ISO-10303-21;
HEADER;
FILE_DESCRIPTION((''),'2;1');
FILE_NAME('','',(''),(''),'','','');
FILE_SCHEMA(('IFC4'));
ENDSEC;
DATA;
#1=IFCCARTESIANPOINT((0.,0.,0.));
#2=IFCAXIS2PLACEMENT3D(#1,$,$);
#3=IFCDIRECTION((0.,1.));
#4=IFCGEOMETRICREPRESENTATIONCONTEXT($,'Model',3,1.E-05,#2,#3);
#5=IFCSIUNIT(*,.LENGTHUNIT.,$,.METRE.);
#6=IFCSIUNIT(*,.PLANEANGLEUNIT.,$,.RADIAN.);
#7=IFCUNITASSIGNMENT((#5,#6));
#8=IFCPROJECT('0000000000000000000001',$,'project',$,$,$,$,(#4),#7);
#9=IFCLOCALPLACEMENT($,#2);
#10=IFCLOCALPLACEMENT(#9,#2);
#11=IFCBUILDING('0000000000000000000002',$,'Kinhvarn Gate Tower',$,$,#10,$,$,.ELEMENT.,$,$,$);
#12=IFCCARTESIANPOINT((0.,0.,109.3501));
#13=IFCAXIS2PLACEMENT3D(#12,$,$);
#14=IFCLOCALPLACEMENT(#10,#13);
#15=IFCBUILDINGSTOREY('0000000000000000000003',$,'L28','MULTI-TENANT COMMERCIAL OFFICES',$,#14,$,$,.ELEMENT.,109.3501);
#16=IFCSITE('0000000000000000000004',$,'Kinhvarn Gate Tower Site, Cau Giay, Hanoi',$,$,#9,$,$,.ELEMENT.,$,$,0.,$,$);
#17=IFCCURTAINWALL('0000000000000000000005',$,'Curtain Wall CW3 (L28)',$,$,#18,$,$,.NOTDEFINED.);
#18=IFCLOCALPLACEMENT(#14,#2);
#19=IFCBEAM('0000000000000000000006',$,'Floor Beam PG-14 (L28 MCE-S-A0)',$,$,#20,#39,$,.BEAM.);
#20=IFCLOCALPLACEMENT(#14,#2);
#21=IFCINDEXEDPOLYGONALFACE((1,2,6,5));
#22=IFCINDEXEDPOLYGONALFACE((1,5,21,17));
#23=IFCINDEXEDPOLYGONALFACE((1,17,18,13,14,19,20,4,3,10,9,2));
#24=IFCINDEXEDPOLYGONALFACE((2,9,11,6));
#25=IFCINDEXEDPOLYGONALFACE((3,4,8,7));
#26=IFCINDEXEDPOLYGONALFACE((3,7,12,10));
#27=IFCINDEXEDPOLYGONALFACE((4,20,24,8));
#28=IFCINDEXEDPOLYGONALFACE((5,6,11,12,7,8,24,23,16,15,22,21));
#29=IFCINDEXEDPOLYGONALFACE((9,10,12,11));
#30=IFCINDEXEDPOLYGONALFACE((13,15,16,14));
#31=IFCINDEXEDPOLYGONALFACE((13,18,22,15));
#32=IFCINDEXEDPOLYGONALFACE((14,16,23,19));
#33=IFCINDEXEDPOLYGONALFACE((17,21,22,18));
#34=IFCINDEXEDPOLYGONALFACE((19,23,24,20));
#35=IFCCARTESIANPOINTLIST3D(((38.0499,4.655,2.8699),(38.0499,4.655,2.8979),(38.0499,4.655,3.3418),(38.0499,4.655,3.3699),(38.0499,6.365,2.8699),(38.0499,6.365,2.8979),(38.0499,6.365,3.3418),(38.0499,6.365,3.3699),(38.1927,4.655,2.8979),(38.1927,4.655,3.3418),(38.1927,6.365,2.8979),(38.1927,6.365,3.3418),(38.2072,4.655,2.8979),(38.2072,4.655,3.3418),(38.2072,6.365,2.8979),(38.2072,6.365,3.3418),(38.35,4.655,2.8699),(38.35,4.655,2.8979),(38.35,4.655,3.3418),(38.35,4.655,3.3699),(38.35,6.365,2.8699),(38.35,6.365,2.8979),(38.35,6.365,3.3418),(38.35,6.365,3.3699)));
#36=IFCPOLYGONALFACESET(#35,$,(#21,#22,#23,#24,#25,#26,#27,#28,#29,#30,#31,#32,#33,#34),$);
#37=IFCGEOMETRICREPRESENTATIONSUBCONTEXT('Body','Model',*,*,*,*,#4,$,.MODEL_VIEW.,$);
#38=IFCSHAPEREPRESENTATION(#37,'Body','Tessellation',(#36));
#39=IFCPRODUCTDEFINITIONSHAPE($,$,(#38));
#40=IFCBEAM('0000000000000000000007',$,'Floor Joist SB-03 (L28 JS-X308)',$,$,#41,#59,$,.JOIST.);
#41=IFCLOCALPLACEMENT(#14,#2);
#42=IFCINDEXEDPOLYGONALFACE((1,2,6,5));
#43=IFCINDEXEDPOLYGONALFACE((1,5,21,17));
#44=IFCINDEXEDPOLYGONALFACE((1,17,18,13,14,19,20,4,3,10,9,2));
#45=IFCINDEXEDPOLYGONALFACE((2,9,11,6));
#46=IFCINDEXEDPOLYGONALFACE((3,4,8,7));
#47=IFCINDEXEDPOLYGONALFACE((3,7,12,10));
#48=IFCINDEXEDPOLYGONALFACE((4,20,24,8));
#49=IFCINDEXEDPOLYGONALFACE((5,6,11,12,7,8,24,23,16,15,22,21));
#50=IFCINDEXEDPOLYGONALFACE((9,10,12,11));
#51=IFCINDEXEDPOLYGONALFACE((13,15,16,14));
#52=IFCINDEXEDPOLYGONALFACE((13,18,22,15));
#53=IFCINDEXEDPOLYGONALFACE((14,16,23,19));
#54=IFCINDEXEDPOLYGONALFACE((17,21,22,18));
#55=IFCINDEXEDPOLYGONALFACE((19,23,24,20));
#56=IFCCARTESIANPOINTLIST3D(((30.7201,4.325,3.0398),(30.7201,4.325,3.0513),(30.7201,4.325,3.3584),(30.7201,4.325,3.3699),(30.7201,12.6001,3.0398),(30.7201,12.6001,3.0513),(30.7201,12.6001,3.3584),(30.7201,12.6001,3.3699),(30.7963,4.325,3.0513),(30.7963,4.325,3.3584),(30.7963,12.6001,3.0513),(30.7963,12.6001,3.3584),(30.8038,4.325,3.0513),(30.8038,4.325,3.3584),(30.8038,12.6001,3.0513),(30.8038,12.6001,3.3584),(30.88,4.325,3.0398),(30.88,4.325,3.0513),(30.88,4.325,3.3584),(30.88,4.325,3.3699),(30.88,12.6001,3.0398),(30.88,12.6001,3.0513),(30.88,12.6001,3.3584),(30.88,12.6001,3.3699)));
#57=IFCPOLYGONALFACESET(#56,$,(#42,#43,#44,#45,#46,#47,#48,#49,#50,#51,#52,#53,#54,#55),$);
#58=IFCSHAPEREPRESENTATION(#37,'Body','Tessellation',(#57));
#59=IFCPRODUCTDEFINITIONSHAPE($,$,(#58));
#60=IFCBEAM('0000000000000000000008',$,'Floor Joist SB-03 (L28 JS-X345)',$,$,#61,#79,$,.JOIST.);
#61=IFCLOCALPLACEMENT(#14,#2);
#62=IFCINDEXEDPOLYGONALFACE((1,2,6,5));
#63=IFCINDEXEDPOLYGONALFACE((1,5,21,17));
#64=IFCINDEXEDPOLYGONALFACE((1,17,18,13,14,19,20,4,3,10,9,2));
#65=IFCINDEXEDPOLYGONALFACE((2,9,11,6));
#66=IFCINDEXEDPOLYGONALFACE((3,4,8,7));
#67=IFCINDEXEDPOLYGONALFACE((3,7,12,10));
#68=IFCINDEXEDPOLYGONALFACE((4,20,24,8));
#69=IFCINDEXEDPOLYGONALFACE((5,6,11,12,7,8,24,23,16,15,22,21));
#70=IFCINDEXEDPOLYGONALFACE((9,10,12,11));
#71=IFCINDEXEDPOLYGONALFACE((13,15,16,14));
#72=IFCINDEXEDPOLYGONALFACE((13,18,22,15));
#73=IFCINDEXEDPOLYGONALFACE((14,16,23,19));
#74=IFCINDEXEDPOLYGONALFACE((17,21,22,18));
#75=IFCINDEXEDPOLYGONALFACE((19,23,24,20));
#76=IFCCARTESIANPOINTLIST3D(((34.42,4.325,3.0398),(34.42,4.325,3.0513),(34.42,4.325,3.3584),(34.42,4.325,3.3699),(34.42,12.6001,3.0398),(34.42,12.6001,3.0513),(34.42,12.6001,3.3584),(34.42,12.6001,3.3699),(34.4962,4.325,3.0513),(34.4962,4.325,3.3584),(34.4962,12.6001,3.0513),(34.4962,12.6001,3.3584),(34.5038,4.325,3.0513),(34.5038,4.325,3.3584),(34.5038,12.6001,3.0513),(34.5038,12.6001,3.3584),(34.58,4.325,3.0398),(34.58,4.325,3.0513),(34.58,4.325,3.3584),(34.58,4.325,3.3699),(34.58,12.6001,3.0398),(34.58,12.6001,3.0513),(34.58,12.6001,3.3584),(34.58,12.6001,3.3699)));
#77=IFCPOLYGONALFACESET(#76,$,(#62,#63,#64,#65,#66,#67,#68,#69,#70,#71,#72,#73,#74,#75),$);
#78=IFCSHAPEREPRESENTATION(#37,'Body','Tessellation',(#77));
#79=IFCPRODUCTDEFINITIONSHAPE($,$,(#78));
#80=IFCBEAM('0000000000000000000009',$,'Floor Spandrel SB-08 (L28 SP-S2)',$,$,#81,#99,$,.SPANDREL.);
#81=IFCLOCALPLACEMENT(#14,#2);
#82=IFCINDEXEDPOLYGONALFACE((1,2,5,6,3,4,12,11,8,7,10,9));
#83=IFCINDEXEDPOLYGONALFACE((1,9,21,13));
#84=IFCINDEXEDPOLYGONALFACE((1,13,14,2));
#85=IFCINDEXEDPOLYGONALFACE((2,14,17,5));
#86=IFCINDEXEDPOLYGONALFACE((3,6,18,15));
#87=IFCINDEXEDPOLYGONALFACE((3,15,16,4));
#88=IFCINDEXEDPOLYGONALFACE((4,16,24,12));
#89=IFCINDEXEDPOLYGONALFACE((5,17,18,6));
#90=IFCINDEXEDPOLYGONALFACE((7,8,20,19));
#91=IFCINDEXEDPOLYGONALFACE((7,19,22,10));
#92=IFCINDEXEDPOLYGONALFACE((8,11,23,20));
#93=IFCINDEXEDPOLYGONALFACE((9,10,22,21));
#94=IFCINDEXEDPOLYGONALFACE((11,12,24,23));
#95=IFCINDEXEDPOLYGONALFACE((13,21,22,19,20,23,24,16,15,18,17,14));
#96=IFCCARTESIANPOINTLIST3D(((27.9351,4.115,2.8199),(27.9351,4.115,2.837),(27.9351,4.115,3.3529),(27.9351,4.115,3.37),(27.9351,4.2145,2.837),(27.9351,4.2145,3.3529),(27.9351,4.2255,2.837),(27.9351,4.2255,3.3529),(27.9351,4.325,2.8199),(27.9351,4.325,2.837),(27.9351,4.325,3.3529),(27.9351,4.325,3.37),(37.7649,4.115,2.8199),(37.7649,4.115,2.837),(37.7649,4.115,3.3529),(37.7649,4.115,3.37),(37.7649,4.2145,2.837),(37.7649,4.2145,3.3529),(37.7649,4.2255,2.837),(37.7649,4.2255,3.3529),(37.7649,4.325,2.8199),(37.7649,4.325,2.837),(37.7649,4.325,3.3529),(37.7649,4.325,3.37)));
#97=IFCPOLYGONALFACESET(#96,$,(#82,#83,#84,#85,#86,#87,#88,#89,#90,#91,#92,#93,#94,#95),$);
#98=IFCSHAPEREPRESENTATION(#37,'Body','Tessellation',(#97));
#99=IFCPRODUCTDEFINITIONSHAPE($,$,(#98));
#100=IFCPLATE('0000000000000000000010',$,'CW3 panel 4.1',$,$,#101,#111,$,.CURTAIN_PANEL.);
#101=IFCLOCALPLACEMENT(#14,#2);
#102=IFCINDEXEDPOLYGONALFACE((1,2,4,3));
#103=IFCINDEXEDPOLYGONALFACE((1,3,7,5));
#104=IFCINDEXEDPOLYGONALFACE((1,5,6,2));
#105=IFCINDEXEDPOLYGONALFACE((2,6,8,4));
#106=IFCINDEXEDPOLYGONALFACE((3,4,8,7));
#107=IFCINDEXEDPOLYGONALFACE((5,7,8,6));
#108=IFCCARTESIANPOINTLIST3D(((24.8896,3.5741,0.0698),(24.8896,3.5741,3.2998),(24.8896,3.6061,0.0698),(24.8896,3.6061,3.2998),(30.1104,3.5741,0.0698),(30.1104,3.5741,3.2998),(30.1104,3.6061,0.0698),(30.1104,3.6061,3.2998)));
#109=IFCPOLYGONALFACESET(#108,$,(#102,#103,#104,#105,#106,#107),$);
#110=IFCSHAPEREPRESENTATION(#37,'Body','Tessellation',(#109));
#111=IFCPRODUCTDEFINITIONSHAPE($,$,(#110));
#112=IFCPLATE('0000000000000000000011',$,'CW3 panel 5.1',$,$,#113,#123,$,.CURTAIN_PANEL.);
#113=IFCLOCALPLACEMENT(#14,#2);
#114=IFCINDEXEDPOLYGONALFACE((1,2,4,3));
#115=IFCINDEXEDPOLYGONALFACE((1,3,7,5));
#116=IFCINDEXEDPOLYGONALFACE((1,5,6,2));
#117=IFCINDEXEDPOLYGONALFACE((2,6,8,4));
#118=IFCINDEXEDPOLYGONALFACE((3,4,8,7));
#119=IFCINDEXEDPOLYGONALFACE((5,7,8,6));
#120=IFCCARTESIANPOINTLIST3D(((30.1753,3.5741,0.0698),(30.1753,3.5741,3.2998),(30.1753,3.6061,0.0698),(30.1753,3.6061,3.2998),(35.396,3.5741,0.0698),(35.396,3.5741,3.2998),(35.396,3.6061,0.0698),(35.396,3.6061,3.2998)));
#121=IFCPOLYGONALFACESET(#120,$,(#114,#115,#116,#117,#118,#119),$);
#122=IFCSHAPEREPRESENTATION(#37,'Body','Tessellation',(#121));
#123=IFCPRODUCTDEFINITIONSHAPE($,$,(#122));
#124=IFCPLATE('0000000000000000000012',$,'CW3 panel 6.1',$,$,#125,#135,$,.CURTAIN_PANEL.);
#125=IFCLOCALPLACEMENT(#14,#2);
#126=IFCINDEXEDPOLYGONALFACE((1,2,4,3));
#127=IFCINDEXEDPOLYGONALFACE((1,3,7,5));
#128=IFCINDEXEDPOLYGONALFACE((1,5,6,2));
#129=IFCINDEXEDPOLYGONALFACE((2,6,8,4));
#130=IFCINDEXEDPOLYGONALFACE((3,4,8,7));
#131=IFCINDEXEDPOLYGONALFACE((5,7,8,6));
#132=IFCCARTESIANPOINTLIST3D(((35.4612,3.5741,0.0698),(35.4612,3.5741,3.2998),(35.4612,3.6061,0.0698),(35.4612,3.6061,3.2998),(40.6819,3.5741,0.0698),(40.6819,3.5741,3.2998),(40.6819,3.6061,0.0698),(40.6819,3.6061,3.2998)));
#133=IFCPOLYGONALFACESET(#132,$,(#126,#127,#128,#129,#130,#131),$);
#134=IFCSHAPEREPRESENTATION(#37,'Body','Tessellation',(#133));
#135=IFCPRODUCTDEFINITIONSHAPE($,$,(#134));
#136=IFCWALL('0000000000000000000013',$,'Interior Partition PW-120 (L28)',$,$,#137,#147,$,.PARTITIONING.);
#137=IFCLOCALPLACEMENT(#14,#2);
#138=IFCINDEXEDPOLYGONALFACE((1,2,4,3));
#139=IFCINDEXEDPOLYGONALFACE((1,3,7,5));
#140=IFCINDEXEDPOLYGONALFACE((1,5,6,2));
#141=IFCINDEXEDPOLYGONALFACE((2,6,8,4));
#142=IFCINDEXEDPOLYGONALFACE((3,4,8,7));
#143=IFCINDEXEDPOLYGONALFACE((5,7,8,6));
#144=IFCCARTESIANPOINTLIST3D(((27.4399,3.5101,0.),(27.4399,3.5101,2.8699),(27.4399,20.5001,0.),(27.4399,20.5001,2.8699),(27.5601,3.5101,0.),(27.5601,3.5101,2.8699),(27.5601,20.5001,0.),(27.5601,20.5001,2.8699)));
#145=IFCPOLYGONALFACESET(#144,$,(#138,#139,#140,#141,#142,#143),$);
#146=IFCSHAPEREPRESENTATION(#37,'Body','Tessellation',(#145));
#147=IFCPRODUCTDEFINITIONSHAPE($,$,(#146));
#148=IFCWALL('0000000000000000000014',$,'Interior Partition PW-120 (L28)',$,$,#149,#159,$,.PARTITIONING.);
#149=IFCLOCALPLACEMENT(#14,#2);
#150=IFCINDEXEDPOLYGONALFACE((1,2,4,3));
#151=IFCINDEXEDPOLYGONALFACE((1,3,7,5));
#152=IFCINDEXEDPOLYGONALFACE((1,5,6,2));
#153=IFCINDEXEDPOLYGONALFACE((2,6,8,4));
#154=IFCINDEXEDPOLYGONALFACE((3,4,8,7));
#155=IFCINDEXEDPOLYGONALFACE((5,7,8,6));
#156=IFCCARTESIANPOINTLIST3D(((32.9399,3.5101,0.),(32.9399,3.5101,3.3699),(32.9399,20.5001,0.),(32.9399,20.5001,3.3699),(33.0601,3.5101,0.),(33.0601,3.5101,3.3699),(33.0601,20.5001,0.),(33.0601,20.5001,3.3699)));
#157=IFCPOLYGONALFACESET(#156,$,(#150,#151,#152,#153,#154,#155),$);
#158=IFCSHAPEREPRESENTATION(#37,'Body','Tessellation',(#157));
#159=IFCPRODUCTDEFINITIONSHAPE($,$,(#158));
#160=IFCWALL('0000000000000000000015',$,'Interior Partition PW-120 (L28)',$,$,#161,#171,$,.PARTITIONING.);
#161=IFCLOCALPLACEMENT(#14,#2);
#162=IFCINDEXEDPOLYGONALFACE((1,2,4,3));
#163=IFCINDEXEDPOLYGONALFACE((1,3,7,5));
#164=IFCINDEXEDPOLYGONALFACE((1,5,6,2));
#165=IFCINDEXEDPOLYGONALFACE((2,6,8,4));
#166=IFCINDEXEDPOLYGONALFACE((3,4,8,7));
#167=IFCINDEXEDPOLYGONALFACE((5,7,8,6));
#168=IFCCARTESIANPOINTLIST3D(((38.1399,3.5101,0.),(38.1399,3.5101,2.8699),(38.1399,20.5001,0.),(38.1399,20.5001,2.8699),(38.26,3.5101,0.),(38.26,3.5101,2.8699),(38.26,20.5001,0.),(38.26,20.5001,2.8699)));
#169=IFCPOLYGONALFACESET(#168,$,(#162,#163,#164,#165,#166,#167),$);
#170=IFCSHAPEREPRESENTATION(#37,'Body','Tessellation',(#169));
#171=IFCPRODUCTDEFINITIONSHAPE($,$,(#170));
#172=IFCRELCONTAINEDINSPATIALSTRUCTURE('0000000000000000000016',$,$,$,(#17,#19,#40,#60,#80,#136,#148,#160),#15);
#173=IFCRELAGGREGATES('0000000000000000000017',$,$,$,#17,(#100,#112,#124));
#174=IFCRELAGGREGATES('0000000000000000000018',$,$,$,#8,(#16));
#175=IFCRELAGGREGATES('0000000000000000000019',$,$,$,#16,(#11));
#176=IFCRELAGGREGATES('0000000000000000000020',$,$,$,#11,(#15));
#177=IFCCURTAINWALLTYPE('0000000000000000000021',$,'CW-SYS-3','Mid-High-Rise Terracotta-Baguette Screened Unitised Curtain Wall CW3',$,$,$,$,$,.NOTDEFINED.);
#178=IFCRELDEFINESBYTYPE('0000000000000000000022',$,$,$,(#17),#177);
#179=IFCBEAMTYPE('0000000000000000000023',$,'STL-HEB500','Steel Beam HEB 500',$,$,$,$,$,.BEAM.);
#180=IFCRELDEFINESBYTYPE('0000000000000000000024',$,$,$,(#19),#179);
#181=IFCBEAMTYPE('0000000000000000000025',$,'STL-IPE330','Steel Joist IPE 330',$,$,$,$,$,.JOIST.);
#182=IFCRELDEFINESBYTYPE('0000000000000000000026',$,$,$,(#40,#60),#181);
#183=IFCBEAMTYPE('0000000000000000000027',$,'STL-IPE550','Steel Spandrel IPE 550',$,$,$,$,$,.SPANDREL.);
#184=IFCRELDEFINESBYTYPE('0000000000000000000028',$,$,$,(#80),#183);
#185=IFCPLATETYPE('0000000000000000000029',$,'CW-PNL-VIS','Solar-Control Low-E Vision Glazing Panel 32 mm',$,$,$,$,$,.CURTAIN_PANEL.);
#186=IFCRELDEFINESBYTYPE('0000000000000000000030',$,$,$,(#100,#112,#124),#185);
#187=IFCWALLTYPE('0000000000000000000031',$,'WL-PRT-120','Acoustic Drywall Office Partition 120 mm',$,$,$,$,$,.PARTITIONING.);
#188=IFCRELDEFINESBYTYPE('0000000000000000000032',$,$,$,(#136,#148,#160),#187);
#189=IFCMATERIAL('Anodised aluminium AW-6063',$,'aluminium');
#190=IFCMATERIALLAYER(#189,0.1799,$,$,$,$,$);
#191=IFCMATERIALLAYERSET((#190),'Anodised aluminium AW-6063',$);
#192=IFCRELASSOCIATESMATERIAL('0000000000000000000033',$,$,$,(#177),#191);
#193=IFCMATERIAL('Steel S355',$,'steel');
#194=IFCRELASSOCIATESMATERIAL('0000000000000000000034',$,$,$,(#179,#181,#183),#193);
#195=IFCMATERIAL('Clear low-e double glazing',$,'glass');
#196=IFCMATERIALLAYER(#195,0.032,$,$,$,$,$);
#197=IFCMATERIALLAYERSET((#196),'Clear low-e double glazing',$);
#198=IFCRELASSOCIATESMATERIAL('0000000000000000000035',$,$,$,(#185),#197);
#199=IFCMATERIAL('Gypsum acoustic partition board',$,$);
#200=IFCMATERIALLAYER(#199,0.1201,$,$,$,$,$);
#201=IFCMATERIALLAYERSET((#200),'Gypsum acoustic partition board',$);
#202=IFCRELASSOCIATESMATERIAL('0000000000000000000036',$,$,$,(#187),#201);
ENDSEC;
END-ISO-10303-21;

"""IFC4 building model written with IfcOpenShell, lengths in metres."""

from ifc_helpers import new_model, si_unit, direction, frame, frame_2d, origin, origin_2d, place, context, subcontext, project, spatial, rectangle, i_section, extrude, material, layer, layer_set, material_profile, profile_set, type_object, element, aggregate, save


model = new_model("IFC4")

# Units and contexts
model_context = context("Model", 3, precision=1e-05, world=origin(), true_north=direction((0.0, 1.0)))
body_context = subcontext(model_context, "Body", "Model", "MODEL_VIEW")
ifc_project = project(units=[si_unit("LENGTHUNIT", "METRE"), si_unit("PLANEANGLEUNIT", "RADIAN")], contexts=[model_context])

# Site, building, storey
site_placement = place(None, origin())
site = spatial("IfcSite", under=ifc_project, at=site_placement, Name="Kinhvarn Gate Tower Site, Cau Giay, Hanoi", CompositionType="ELEMENT", RefElevation=0.0)
building_placement = place(site_placement, origin())
building = spatial("IfcBuilding", under=site, at=building_placement, Name="Kinhvarn Gate Tower", CompositionType="ELEMENT")
storey_placement = place(building_placement, frame((0.0, 0.0, 109.3501)))
storey = spatial("IfcBuildingStorey", under=building, at=storey_placement, Name="L28", Description="MULTI-TENANT COMMERCIAL OFFICES", CompositionType="ELEMENT", Elevation=109.3501)

# Curtain wall
ifc_material_1 = material(Name="Anodised aluminium AW-6063", Category="aluminium")
ifc_layer_1 = layer(ifc_material_1, 0.1799)
ifc_layer_set_1 = layer_set([ifc_layer_1], Name="Anodised aluminium AW-6063")
curtain_wall_type = type_object("IfcCurtainWallType", Name="CW-SYS-3", Description="Mid-High-Rise Terracotta-Baguette Screened Unitised Curtain Wall CW3", PredefinedType="NOTDEFINED", material=ifc_layer_set_1)
curtain_wall_placement = place(storey_placement, origin())
curtain_wall = element("IfcCurtainWall", 1, at=curtain_wall_placement, inside=storey, type_object=curtain_wall_type, Name="Curtain Wall CW3 (L28)", PredefinedType="NOTDEFINED")

# Beams
ifc_material_2 = material(Name="Steel S355", Category="steel")
ifc_material_profile_1 = material_profile(ifc_material_2, i_section(OverallWidth=0.3, OverallDepth=0.5, WebThickness=0.0144, FlangeThickness=0.0281, at=origin_2d()), Name="HEB 500")
ifc_profile_set_1 = profile_set([ifc_material_profile_1], Name="Steel S355")
beam_type_1 = type_object("IfcBeamType", Name="STL-HEB500", Description="Steel Beam HEB 500", PredefinedType="BEAM", material=ifc_profile_set_1)
beam_1_placement = place(storey_placement, frame((38.2, 4.655, 3.1199), z_axis=(0.0, 1.0, 0.0), x_axis=(-1.0, 0.0, 0.0)))
element("IfcBeam", 2, at=beam_1_placement, inside=storey, type_object=beam_type_1, Name="Floor Beam PG-14 (L28 MCE-S-A0)", PredefinedType="BEAM", context=body_context, shape_type="SweptSolid", body=[
    extrude(i_section(OverallWidth=0.3, OverallDepth=0.5, WebThickness=0.0144, FlangeThickness=0.0281, at=origin_2d()), origin(), (0.0, 0.0, 1.0), 1.71),
])
ifc_material_profile_2 = material_profile(ifc_material_2, i_section(OverallWidth=0.1599, OverallDepth=0.3301, WebThickness=0.0076, FlangeThickness=0.0115, at=origin_2d()), Name="IPE 330")
ifc_profile_set_2 = profile_set([ifc_material_profile_2], Name="Steel S355")
beam_type_2 = type_object("IfcBeamType", Name="STL-IPE330", Description="Steel Joist IPE 330", PredefinedType="JOIST", material=ifc_profile_set_2)
for number, where, z_axis, x_axis, name in (
    (3, (30.8, 4.325, 3.2048), (0.0, 1.0, 0.0), (-1.0, 0.0, 0.0), "Floor Joist SB-03 (L28 JS-X308)"),
    (4, (34.5, 4.325, 3.2048), (0.0, 1.0, 0.0), (-1.0, 0.0, 0.0), "Floor Joist SB-03 (L28 JS-X345)"),
):
    element("IfcBeam", number, at=place(storey_placement, frame(where, z_axis=z_axis, x_axis=x_axis)), inside=storey, type_object=beam_type_2, Name=name, PredefinedType="JOIST", context=body_context, shape_type="SweptSolid", body=[
        extrude(i_section(OverallWidth=0.1599, OverallDepth=0.3301, WebThickness=0.0076, FlangeThickness=0.0115, at=origin_2d()), origin(), (0.0, 0.0, 1.0), 8.2751),
    ])
ifc_material_profile_3 = material_profile(ifc_material_2, i_section(OverallWidth=0.21, OverallDepth=0.55, WebThickness=0.011, FlangeThickness=0.0171, at=origin_2d()), Name="IPE 550")
ifc_profile_set_3 = profile_set([ifc_material_profile_3], Name="Steel S355")
beam_type_3 = type_object("IfcBeamType", Name="STL-IPE550", Description="Steel Spandrel IPE 550", PredefinedType="SPANDREL", material=ifc_profile_set_3)
beam_2_placement = place(storey_placement, frame((27.9351, 4.22, 3.095), z_axis=(1.0, 0.0, 0.0), x_axis=(0.0, 1.0, 0.0)))
element("IfcBeam", 5, at=beam_2_placement, inside=storey, type_object=beam_type_3, Name="Floor Spandrel SB-08 (L28 SP-S2)", PredefinedType="SPANDREL", context=body_context, shape_type="SweptSolid", body=[
    extrude(i_section(OverallWidth=0.21, OverallDepth=0.55, WebThickness=0.011, FlangeThickness=0.0171, at=origin_2d()), origin(), (0.0, 0.0, 1.0), 9.8298),
])

# Plates
ifc_material_3 = material(Name="Clear low-e double glazing", Category="glass")
ifc_layer_2 = layer(ifc_material_3, 0.032)
ifc_layer_set_2 = layer_set([ifc_layer_2], Name="Clear low-e double glazing")
plate_type = type_object("IfcPlateType", Name="CW-PNL-VIS", Description="Solar-Control Low-E Vision Glazing Panel 32 mm", PredefinedType="CURTAIN_PANEL", material=ifc_layer_set_2)
plate_1_placement = place(storey_placement, frame((27.5, 3.5901, 0.0698), z_axis=(0.0, 0.0, 1.0), x_axis=(1.0, 0.0, 0.0)))
plate_1 = element("IfcPlate", 6, at=plate_1_placement, type_object=plate_type, Name="CW3 panel 4.1", PredefinedType="CURTAIN_PANEL", context=body_context, shape_type="SweptSolid", body=[
    extrude(rectangle(XDim=5.2207, YDim=0.032, at=origin_2d()), origin(), (0.0, 0.0, 1.0), 3.23),
])
plate_2_placement = place(storey_placement, frame((32.7856, 3.5901, 0.0698), z_axis=(0.0, 0.0, 1.0), x_axis=(1.0, 0.0, 0.0)))
plate_2 = element("IfcPlate", 7, at=plate_2_placement, type_object=plate_type, Name="CW3 panel 5.1", PredefinedType="CURTAIN_PANEL", context=body_context, shape_type="SweptSolid", body=[
    extrude(rectangle(XDim=5.2207, YDim=0.032, at=origin_2d()), origin(), (0.0, 0.0, 1.0), 3.23),
])
plate_3_placement = place(storey_placement, frame((38.0715, 3.5901, 0.0698), z_axis=(0.0, 0.0, 1.0), x_axis=(1.0, 0.0, 0.0)))
plate_3 = element("IfcPlate", 8, at=plate_3_placement, type_object=plate_type, Name="CW3 panel 6.1", PredefinedType="CURTAIN_PANEL", context=body_context, shape_type="SweptSolid", body=[
    extrude(rectangle(XDim=5.2207, YDim=0.032, at=origin_2d()), origin(), (0.0, 0.0, 1.0), 3.23),
])
aggregate(curtain_wall, [plate_1, plate_2, plate_3])

# Walls
ifc_material_4 = material(Name="Gypsum acoustic partition board")
ifc_layer_3 = layer(ifc_material_4, 0.1201)
ifc_layer_set_3 = layer_set([ifc_layer_3], Name="Gypsum acoustic partition board")
wall_type = type_object("IfcWallType", Name="WL-PRT-120", Description="Acoustic Drywall Office Partition 120 mm", PredefinedType="PARTITIONING", material=ifc_layer_set_3)
wall_1_placement = place(storey_placement, frame((27.5, 3.51, 0.0), z_axis=(0.0, 0.0, 1.0), x_axis=(0.0, 1.0, 0.0)))
element("IfcWall", 9, at=wall_1_placement, inside=storey, type_object=wall_type, Name="Interior Partition PW-120 (L28)", PredefinedType="PARTITIONING", context=body_context, shape_type="SweptSolid", body=[
    extrude(rectangle(XDim=16.99, YDim=0.1201, at=frame_2d((8.4951, 0.0))), origin(), (0.0, 0.0, 1.0), 2.8699),
])
wall_2_placement = place(storey_placement, frame((33.0, 3.51, 0.0), z_axis=(0.0, 0.0, 1.0), x_axis=(0.0, 1.0, 0.0)))
element("IfcWall", 10, at=wall_2_placement, inside=storey, type_object=wall_type, Name="Interior Partition PW-120 (L28)", PredefinedType="PARTITIONING", context=body_context, shape_type="SweptSolid", body=[
    extrude(rectangle(XDim=16.99, YDim=0.1201, at=frame_2d((8.4951, 0.0))), origin(), (0.0, 0.0, 1.0), 3.3699),
])
wall_3_placement = place(storey_placement, frame((38.2, 3.51, 0.0), z_axis=(0.0, 0.0, 1.0), x_axis=(0.0, 1.0, 0.0)))
element("IfcWall", 11, at=wall_3_placement, inside=storey, type_object=wall_type, Name="Interior Partition PW-120 (L28)", PredefinedType="PARTITIONING", context=body_context, shape_type="SweptSolid", body=[
    extrude(rectangle(XDim=16.99, YDim=0.1201, at=frame_2d((8.4951, 0.0))), origin(), (0.0, 0.0, 1.0), 2.8699),
])

save(model, "model.ifc")
